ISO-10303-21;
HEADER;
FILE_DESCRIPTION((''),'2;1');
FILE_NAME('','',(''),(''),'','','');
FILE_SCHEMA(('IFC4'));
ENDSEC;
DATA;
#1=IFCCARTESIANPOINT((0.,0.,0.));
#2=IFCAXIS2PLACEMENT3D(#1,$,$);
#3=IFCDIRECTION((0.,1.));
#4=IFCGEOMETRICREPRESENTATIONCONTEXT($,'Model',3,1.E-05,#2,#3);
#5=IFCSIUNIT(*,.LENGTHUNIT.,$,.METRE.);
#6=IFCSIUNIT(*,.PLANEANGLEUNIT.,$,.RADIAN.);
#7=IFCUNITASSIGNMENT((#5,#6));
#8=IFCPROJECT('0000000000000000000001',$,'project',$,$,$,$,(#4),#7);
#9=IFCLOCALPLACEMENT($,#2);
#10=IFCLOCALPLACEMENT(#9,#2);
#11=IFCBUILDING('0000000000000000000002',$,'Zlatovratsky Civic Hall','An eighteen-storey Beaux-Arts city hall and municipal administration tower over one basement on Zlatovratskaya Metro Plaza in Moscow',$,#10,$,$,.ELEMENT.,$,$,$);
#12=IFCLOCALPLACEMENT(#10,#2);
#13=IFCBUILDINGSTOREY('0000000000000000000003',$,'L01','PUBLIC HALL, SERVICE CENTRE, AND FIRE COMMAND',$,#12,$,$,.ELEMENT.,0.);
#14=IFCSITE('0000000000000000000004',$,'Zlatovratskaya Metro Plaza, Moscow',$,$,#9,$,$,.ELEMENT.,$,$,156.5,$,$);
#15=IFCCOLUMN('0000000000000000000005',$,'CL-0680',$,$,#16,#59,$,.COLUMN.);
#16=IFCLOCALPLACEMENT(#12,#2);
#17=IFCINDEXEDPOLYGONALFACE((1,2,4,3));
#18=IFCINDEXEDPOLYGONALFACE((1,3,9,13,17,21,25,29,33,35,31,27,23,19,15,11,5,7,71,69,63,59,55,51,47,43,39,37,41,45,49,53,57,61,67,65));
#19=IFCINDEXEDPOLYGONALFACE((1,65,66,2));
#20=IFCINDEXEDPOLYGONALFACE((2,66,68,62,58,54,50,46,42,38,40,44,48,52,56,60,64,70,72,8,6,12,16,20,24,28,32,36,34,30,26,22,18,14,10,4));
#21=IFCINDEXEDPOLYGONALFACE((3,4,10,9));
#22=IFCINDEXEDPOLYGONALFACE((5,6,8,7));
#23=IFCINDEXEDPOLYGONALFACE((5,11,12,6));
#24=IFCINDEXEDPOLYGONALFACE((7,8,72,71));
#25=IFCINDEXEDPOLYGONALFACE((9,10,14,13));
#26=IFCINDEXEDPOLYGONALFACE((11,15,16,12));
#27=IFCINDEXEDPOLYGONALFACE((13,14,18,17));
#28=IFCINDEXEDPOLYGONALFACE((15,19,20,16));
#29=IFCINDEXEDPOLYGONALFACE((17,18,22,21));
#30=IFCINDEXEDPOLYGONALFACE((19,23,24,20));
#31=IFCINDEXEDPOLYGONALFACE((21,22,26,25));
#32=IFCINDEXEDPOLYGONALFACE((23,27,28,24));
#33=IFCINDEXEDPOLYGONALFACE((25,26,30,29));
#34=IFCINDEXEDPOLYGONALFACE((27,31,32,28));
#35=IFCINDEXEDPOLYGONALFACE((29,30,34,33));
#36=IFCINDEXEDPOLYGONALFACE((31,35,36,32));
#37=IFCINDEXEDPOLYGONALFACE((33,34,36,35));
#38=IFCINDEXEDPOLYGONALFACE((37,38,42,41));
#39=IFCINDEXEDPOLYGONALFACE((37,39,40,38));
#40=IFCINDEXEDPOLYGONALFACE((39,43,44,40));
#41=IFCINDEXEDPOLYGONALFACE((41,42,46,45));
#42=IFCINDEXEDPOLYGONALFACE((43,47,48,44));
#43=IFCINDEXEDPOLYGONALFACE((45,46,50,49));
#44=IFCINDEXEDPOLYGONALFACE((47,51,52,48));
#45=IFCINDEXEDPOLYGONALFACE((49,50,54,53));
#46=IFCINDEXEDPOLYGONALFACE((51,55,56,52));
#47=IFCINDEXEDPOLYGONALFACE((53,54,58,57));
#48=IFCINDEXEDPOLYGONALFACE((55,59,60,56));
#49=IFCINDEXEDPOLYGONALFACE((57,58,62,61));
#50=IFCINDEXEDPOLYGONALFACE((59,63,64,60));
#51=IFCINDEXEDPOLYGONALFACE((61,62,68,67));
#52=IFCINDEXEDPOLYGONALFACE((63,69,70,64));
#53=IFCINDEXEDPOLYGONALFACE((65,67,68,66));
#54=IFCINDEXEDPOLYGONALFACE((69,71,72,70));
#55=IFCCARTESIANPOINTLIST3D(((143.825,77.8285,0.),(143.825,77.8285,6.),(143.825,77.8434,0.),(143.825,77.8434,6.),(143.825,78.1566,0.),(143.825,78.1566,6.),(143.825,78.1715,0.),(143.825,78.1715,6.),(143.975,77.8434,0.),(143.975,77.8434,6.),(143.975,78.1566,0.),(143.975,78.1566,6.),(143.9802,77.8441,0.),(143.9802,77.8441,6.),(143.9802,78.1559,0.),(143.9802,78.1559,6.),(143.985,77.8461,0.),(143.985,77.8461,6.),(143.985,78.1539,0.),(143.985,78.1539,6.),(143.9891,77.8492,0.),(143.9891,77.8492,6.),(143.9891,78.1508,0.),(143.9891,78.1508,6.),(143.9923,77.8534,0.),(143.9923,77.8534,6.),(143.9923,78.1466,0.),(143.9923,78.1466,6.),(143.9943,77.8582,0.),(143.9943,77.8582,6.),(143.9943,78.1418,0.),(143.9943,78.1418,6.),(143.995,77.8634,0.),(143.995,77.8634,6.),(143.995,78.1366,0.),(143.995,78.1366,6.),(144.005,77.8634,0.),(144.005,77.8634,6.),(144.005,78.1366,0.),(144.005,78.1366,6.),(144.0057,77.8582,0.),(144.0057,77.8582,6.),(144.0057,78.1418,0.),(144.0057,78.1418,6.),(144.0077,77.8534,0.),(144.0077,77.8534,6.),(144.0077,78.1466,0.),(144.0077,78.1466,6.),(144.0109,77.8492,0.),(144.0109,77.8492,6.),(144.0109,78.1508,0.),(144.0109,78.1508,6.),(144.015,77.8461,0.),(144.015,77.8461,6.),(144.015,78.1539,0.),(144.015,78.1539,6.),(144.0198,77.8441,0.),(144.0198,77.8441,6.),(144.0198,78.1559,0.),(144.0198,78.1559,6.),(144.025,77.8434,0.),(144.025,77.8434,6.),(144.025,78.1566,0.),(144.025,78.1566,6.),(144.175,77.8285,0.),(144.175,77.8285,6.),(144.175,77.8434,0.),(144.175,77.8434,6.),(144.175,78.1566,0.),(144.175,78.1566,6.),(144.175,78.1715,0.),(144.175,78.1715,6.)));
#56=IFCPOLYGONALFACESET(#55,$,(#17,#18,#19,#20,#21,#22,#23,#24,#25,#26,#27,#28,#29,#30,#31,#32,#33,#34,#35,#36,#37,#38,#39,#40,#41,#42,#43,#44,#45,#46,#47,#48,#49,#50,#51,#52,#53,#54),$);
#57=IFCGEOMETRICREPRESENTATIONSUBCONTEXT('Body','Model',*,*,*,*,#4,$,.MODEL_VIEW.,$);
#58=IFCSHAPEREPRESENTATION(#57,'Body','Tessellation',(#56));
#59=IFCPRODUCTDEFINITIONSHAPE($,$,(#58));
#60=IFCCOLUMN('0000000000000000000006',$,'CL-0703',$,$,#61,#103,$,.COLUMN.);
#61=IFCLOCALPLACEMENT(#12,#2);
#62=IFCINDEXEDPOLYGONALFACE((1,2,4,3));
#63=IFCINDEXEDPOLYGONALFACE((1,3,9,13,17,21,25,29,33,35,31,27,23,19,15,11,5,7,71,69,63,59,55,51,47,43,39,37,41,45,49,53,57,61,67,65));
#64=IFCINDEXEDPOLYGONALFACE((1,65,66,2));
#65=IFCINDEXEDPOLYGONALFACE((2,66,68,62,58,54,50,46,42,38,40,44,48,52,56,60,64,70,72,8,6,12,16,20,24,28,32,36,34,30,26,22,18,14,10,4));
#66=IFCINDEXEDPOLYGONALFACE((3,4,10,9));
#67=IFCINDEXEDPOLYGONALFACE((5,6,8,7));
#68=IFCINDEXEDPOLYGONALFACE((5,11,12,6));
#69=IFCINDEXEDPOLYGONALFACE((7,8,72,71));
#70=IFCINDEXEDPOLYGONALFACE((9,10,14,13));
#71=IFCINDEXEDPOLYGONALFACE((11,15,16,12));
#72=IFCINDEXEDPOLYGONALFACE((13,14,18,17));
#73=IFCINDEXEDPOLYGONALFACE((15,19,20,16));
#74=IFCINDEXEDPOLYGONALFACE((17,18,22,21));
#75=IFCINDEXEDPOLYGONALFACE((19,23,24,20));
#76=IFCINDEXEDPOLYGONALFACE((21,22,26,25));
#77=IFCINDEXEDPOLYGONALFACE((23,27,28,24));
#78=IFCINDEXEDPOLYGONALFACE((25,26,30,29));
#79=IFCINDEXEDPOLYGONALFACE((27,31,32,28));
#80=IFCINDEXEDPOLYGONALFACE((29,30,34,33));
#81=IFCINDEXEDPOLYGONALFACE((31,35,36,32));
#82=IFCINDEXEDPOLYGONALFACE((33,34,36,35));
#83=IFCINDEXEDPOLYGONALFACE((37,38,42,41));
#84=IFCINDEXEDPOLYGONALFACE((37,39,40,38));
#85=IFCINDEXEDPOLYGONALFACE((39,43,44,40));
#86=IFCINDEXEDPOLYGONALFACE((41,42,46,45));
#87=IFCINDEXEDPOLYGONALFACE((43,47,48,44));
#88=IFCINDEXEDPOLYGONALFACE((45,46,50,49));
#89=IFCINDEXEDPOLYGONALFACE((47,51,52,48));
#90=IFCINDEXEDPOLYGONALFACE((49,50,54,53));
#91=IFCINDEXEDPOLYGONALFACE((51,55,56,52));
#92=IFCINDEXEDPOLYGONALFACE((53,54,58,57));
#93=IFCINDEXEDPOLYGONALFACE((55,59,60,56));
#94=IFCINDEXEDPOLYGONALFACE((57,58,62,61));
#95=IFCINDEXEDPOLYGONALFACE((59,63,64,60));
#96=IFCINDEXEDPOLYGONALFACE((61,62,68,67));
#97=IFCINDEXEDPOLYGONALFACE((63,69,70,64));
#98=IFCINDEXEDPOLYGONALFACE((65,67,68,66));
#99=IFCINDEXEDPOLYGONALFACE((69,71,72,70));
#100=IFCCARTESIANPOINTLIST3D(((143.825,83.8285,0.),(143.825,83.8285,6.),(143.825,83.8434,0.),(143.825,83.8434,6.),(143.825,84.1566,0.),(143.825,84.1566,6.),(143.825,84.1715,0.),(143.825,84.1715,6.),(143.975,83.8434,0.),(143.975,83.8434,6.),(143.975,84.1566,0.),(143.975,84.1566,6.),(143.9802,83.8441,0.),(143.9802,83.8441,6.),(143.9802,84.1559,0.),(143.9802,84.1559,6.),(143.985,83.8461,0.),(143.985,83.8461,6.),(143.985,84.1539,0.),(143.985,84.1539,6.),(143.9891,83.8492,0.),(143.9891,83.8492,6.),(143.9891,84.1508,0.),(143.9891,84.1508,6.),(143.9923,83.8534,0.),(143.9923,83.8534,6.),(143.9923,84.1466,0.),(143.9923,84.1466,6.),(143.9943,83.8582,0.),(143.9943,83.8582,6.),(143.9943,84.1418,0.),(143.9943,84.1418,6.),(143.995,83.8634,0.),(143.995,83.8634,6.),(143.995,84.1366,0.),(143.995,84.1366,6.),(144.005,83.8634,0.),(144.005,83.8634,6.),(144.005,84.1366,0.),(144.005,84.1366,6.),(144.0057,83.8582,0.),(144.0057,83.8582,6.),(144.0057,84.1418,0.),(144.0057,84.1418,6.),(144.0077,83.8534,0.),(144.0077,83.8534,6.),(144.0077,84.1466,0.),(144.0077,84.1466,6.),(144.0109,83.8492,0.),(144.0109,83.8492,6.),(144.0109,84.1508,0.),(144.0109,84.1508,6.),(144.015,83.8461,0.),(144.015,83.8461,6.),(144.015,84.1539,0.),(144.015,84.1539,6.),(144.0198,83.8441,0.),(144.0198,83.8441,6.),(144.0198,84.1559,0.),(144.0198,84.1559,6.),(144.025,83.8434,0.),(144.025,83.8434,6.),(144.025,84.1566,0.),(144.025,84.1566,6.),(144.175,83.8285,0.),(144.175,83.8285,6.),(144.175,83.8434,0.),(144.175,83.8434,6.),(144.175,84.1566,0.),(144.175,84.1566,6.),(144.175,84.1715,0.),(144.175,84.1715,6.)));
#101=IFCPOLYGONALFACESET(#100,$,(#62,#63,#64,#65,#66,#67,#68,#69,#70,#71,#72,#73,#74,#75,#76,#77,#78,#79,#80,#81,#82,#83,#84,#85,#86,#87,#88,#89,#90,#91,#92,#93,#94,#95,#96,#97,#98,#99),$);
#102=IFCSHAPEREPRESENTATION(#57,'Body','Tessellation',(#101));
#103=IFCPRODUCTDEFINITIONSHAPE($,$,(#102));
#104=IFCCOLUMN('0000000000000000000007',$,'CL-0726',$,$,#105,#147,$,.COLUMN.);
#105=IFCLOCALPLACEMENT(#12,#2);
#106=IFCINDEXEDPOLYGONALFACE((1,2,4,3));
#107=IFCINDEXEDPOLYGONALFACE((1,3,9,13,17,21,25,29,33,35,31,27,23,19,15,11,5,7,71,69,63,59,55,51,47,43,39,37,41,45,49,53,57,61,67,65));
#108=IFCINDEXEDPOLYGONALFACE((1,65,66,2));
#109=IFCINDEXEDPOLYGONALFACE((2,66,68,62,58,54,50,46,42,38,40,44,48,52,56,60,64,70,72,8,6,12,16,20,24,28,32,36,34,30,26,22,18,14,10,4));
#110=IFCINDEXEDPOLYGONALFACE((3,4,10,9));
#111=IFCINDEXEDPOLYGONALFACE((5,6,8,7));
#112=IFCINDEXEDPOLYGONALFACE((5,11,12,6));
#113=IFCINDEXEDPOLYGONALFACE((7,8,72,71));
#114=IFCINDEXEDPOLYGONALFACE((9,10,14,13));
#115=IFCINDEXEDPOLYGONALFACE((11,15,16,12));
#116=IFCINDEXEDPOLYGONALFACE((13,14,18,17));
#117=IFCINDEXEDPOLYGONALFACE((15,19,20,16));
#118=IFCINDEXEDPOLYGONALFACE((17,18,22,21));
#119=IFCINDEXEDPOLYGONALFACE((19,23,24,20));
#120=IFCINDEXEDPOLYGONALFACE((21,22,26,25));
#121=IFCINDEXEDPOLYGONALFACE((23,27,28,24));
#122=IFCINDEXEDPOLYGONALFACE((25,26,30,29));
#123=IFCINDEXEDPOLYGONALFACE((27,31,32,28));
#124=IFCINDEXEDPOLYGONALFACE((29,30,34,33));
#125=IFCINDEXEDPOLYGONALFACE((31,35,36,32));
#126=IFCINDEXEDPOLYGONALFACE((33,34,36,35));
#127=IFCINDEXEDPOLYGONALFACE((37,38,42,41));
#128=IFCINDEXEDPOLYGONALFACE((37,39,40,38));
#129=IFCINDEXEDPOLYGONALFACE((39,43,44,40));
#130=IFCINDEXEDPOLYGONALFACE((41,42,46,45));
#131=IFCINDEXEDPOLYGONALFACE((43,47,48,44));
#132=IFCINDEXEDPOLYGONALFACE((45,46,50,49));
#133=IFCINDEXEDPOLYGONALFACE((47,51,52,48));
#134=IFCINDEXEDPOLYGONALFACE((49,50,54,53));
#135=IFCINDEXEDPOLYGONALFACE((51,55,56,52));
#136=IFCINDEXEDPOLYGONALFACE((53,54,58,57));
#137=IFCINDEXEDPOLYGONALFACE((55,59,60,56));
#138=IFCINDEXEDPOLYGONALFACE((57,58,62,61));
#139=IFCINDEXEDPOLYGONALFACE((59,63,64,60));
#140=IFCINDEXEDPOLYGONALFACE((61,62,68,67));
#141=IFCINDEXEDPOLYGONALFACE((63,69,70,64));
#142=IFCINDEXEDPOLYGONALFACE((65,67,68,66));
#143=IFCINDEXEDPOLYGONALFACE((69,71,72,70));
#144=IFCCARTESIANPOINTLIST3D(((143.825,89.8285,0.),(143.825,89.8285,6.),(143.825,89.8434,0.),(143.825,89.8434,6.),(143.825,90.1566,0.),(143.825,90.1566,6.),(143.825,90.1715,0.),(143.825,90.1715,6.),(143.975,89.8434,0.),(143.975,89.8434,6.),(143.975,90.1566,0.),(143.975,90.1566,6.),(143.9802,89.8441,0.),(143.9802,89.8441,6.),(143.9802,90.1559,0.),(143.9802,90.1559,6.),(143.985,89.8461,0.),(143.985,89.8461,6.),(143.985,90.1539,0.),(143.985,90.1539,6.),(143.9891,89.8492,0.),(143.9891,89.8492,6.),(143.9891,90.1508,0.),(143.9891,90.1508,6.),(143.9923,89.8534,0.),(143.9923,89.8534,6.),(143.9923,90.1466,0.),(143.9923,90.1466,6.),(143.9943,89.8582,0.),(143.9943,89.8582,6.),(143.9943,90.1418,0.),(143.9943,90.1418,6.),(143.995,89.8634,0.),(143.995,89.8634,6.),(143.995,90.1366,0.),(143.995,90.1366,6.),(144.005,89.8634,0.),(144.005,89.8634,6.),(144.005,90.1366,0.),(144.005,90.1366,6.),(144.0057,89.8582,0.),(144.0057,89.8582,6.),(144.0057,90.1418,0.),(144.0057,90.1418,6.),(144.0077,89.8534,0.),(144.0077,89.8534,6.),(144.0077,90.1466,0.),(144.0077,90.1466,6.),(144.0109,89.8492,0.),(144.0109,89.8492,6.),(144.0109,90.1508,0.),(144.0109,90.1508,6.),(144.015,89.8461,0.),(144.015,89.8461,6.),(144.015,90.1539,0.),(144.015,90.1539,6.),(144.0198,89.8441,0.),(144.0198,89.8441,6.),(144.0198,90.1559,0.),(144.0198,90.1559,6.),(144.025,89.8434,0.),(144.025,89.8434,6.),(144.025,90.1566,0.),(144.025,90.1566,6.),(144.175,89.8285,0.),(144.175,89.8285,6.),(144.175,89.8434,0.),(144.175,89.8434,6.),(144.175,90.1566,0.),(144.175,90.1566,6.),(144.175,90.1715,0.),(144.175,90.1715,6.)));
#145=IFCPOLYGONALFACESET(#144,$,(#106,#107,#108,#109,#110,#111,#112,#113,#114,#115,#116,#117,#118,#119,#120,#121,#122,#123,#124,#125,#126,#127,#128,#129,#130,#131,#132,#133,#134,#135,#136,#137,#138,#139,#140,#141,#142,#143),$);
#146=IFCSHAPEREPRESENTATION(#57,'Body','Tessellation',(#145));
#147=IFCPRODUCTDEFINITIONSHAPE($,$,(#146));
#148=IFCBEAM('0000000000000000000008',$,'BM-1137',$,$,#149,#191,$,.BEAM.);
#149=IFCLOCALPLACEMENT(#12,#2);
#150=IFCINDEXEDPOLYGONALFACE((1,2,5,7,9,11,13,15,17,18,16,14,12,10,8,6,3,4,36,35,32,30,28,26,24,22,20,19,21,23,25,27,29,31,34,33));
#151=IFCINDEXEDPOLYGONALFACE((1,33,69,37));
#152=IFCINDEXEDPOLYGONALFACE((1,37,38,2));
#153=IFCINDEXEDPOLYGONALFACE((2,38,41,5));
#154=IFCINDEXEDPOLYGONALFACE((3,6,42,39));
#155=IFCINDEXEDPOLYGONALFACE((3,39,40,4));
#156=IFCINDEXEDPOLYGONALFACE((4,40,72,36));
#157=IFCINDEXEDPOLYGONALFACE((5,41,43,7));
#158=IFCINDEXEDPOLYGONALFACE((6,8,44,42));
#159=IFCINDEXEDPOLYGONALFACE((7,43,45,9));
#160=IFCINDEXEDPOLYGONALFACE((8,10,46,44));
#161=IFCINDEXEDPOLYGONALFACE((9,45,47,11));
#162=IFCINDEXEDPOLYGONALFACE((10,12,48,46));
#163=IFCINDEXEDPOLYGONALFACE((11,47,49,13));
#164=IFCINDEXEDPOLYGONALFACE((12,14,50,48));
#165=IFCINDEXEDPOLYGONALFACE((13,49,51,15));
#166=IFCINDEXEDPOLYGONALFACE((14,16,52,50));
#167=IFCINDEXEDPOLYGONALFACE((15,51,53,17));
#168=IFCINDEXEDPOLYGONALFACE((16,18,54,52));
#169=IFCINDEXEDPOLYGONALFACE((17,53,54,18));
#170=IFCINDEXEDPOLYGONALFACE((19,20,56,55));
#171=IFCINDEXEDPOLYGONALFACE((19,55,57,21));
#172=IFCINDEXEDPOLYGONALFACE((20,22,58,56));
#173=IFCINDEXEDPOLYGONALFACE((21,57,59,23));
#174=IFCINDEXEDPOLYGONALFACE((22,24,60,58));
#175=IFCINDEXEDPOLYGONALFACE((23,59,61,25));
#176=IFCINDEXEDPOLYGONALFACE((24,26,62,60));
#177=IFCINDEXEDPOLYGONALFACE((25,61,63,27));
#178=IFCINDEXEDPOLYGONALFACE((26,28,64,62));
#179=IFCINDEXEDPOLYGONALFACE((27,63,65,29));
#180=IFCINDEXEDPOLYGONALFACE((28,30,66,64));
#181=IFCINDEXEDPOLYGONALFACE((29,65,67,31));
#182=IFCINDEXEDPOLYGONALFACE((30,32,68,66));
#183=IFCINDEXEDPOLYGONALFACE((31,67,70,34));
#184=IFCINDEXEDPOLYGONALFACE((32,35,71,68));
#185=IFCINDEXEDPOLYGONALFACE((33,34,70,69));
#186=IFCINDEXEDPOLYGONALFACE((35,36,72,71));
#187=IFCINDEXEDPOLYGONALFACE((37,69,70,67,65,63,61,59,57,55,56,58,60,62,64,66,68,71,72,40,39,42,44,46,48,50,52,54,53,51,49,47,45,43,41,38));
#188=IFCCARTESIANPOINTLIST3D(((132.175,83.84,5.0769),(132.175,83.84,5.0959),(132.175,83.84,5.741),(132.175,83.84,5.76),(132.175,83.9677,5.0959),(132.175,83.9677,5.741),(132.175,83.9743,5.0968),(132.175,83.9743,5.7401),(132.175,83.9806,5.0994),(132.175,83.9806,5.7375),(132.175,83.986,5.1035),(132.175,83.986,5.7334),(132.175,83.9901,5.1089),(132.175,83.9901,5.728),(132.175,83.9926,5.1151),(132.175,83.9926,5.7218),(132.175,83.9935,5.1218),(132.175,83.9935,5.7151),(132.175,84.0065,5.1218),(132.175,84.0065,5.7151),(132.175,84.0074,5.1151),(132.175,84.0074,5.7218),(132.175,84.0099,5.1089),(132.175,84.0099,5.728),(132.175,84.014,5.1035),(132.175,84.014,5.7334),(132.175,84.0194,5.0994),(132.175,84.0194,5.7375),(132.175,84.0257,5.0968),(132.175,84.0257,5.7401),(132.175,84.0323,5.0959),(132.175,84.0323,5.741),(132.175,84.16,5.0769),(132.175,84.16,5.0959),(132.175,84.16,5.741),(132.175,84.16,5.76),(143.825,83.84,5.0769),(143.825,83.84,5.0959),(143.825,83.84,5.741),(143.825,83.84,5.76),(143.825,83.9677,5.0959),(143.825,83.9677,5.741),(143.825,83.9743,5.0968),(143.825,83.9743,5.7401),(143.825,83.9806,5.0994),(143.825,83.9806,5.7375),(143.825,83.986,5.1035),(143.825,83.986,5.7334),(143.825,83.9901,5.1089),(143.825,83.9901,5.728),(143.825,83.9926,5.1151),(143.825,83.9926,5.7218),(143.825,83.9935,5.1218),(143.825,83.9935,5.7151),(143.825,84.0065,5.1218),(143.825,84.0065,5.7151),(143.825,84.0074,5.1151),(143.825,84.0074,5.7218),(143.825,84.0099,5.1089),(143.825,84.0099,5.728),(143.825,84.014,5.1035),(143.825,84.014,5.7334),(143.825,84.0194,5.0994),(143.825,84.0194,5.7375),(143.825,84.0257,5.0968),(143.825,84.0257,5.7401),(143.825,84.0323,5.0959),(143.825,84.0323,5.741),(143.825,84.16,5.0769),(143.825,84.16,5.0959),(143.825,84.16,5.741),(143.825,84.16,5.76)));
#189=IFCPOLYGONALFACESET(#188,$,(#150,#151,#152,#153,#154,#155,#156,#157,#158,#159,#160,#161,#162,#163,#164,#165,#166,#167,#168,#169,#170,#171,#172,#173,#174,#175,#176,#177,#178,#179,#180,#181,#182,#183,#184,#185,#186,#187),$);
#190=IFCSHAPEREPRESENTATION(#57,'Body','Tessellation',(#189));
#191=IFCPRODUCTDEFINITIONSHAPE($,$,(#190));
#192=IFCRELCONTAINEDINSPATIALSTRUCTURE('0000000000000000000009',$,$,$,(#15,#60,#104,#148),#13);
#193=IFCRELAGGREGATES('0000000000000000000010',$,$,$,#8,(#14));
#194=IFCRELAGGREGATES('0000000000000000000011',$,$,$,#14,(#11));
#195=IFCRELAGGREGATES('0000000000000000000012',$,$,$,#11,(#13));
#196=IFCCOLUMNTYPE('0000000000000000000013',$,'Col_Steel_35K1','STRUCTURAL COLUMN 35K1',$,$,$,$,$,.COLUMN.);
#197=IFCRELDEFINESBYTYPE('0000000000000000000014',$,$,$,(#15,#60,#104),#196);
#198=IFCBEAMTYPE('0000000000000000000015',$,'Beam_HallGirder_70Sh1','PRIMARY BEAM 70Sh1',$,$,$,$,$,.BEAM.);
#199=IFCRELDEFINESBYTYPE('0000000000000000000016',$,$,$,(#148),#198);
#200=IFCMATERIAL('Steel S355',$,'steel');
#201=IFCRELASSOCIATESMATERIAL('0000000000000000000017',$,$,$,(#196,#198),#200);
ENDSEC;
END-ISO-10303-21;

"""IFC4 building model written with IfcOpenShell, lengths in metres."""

from ifc_helpers import new_model, si_unit, direction, frame, origin, origin_2d, place, context, subcontext, project, spatial, i_section, extrude, material, material_profile, profile_set, type_object, element, save


model = new_model("IFC4")

# Units and contexts
model_context = context("Model", 3, precision=1e-05, world=origin(), true_north=direction((0.0, 1.0)))
body_context = subcontext(model_context, "Body", "Model", "MODEL_VIEW")
ifc_project = project(units=[si_unit("LENGTHUNIT", "METRE"), si_unit("PLANEANGLEUNIT", "RADIAN")], contexts=[model_context])

# Site, building, storey
site_placement = place(None, origin())
site = spatial("IfcSite", under=ifc_project, at=site_placement, Name="Zlatovratskaya Metro Plaza, Moscow", CompositionType="ELEMENT", RefElevation=156.5)
building_placement = place(site_placement, origin())
building = spatial("IfcBuilding", under=site, at=building_placement, Name="Zlatovratsky Civic Hall", Description="An eighteen-storey Beaux-Arts city hall and municipal administration tower over one basement on Zlatovratskaya Metro Plaza in Moscow", CompositionType="ELEMENT")
storey_placement = place(building_placement, origin())
storey = spatial("IfcBuildingStorey", under=building, at=storey_placement, Name="L01", Description="PUBLIC HALL, SERVICE CENTRE, AND FIRE COMMAND", CompositionType="ELEMENT", Elevation=0.0)

# Columns
ifc_material_1 = material(Name="Steel S355", Category="steel")
ifc_material_profile_1 = material_profile(ifc_material_1, i_section(OverallWidth=0.3501, OverallDepth=0.343, WebThickness=0.01, FlangeThickness=0.0149, FilletRadius=0.02, at=origin_2d()), Name="35K1")
ifc_profile_set_1 = profile_set([ifc_material_profile_1], Name="Steel S355")
column_type = type_object("IfcColumnType", Name="Col_Steel_35K1", Description="STRUCTURAL COLUMN 35K1", PredefinedType="COLUMN", material=ifc_profile_set_1)
for number, where, z_axis, x_axis, name in (
    (1, (144.0, 78.0, 0.0), (0.0, 0.0, 1.0), (1.0, 0.0, 0.0), "CL-0680"),
    (2, (144.0, 84.0, 0.0), (0.0, 0.0, 1.0), (1.0, 0.0, 0.0), "CL-0703"),
    (3, (144.0, 90.0, 0.0), (0.0, 0.0, 1.0), (1.0, 0.0, 0.0), "CL-0726"),
):
    element("IfcColumn", number, at=place(storey_placement, frame(where, z_axis=z_axis, x_axis=x_axis)), inside=storey, type_object=column_type, Name=name, PredefinedType="COLUMN", context=body_context, shape_type="SweptSolid", body=[
        extrude(i_section(OverallWidth=0.3501, OverallDepth=0.343, WebThickness=0.01, FlangeThickness=0.0149, FilletRadius=0.02, at=origin_2d()), origin(), (0.0, 0.0, 1.0), 6.0),
    ])

# Beam
ifc_material_profile_2 = material_profile(ifc_material_1, i_section(OverallWidth=0.3201, OverallDepth=0.6831, WebThickness=0.0129, FlangeThickness=0.019, FilletRadius=0.0259, at=origin_2d()), Name="70Sh1")
ifc_profile_set_2 = profile_set([ifc_material_profile_2], Name="Steel S355")
beam_type_1 = type_object("IfcBeamType", Name="Beam_HallGirder_70Sh1", Description="PRIMARY BEAM 70Sh1", PredefinedType="BEAM", material=ifc_profile_set_2)
for number, where, z_axis, x_axis, name in (
    (4, (132.175, 84.0, 5.4185), (1.0, 0.0, 0.0), (0.0, 1.0, 0.0), "BM-1137"),
):
    element("IfcBeam", number, at=place(storey_placement, frame(where, z_axis=z_axis, x_axis=x_axis)), inside=storey, type_object=beam_type_1, Name=name, PredefinedType="BEAM", context=body_context, shape_type="SweptSolid", body=[
        extrude(i_section(OverallWidth=0.3201, OverallDepth=0.6831, WebThickness=0.0129, FlangeThickness=0.019, FilletRadius=0.0259, at=origin_2d()), origin(), (0.0, 0.0, 1.0), 11.6499),
    ])

save(model, "model.ifc")
